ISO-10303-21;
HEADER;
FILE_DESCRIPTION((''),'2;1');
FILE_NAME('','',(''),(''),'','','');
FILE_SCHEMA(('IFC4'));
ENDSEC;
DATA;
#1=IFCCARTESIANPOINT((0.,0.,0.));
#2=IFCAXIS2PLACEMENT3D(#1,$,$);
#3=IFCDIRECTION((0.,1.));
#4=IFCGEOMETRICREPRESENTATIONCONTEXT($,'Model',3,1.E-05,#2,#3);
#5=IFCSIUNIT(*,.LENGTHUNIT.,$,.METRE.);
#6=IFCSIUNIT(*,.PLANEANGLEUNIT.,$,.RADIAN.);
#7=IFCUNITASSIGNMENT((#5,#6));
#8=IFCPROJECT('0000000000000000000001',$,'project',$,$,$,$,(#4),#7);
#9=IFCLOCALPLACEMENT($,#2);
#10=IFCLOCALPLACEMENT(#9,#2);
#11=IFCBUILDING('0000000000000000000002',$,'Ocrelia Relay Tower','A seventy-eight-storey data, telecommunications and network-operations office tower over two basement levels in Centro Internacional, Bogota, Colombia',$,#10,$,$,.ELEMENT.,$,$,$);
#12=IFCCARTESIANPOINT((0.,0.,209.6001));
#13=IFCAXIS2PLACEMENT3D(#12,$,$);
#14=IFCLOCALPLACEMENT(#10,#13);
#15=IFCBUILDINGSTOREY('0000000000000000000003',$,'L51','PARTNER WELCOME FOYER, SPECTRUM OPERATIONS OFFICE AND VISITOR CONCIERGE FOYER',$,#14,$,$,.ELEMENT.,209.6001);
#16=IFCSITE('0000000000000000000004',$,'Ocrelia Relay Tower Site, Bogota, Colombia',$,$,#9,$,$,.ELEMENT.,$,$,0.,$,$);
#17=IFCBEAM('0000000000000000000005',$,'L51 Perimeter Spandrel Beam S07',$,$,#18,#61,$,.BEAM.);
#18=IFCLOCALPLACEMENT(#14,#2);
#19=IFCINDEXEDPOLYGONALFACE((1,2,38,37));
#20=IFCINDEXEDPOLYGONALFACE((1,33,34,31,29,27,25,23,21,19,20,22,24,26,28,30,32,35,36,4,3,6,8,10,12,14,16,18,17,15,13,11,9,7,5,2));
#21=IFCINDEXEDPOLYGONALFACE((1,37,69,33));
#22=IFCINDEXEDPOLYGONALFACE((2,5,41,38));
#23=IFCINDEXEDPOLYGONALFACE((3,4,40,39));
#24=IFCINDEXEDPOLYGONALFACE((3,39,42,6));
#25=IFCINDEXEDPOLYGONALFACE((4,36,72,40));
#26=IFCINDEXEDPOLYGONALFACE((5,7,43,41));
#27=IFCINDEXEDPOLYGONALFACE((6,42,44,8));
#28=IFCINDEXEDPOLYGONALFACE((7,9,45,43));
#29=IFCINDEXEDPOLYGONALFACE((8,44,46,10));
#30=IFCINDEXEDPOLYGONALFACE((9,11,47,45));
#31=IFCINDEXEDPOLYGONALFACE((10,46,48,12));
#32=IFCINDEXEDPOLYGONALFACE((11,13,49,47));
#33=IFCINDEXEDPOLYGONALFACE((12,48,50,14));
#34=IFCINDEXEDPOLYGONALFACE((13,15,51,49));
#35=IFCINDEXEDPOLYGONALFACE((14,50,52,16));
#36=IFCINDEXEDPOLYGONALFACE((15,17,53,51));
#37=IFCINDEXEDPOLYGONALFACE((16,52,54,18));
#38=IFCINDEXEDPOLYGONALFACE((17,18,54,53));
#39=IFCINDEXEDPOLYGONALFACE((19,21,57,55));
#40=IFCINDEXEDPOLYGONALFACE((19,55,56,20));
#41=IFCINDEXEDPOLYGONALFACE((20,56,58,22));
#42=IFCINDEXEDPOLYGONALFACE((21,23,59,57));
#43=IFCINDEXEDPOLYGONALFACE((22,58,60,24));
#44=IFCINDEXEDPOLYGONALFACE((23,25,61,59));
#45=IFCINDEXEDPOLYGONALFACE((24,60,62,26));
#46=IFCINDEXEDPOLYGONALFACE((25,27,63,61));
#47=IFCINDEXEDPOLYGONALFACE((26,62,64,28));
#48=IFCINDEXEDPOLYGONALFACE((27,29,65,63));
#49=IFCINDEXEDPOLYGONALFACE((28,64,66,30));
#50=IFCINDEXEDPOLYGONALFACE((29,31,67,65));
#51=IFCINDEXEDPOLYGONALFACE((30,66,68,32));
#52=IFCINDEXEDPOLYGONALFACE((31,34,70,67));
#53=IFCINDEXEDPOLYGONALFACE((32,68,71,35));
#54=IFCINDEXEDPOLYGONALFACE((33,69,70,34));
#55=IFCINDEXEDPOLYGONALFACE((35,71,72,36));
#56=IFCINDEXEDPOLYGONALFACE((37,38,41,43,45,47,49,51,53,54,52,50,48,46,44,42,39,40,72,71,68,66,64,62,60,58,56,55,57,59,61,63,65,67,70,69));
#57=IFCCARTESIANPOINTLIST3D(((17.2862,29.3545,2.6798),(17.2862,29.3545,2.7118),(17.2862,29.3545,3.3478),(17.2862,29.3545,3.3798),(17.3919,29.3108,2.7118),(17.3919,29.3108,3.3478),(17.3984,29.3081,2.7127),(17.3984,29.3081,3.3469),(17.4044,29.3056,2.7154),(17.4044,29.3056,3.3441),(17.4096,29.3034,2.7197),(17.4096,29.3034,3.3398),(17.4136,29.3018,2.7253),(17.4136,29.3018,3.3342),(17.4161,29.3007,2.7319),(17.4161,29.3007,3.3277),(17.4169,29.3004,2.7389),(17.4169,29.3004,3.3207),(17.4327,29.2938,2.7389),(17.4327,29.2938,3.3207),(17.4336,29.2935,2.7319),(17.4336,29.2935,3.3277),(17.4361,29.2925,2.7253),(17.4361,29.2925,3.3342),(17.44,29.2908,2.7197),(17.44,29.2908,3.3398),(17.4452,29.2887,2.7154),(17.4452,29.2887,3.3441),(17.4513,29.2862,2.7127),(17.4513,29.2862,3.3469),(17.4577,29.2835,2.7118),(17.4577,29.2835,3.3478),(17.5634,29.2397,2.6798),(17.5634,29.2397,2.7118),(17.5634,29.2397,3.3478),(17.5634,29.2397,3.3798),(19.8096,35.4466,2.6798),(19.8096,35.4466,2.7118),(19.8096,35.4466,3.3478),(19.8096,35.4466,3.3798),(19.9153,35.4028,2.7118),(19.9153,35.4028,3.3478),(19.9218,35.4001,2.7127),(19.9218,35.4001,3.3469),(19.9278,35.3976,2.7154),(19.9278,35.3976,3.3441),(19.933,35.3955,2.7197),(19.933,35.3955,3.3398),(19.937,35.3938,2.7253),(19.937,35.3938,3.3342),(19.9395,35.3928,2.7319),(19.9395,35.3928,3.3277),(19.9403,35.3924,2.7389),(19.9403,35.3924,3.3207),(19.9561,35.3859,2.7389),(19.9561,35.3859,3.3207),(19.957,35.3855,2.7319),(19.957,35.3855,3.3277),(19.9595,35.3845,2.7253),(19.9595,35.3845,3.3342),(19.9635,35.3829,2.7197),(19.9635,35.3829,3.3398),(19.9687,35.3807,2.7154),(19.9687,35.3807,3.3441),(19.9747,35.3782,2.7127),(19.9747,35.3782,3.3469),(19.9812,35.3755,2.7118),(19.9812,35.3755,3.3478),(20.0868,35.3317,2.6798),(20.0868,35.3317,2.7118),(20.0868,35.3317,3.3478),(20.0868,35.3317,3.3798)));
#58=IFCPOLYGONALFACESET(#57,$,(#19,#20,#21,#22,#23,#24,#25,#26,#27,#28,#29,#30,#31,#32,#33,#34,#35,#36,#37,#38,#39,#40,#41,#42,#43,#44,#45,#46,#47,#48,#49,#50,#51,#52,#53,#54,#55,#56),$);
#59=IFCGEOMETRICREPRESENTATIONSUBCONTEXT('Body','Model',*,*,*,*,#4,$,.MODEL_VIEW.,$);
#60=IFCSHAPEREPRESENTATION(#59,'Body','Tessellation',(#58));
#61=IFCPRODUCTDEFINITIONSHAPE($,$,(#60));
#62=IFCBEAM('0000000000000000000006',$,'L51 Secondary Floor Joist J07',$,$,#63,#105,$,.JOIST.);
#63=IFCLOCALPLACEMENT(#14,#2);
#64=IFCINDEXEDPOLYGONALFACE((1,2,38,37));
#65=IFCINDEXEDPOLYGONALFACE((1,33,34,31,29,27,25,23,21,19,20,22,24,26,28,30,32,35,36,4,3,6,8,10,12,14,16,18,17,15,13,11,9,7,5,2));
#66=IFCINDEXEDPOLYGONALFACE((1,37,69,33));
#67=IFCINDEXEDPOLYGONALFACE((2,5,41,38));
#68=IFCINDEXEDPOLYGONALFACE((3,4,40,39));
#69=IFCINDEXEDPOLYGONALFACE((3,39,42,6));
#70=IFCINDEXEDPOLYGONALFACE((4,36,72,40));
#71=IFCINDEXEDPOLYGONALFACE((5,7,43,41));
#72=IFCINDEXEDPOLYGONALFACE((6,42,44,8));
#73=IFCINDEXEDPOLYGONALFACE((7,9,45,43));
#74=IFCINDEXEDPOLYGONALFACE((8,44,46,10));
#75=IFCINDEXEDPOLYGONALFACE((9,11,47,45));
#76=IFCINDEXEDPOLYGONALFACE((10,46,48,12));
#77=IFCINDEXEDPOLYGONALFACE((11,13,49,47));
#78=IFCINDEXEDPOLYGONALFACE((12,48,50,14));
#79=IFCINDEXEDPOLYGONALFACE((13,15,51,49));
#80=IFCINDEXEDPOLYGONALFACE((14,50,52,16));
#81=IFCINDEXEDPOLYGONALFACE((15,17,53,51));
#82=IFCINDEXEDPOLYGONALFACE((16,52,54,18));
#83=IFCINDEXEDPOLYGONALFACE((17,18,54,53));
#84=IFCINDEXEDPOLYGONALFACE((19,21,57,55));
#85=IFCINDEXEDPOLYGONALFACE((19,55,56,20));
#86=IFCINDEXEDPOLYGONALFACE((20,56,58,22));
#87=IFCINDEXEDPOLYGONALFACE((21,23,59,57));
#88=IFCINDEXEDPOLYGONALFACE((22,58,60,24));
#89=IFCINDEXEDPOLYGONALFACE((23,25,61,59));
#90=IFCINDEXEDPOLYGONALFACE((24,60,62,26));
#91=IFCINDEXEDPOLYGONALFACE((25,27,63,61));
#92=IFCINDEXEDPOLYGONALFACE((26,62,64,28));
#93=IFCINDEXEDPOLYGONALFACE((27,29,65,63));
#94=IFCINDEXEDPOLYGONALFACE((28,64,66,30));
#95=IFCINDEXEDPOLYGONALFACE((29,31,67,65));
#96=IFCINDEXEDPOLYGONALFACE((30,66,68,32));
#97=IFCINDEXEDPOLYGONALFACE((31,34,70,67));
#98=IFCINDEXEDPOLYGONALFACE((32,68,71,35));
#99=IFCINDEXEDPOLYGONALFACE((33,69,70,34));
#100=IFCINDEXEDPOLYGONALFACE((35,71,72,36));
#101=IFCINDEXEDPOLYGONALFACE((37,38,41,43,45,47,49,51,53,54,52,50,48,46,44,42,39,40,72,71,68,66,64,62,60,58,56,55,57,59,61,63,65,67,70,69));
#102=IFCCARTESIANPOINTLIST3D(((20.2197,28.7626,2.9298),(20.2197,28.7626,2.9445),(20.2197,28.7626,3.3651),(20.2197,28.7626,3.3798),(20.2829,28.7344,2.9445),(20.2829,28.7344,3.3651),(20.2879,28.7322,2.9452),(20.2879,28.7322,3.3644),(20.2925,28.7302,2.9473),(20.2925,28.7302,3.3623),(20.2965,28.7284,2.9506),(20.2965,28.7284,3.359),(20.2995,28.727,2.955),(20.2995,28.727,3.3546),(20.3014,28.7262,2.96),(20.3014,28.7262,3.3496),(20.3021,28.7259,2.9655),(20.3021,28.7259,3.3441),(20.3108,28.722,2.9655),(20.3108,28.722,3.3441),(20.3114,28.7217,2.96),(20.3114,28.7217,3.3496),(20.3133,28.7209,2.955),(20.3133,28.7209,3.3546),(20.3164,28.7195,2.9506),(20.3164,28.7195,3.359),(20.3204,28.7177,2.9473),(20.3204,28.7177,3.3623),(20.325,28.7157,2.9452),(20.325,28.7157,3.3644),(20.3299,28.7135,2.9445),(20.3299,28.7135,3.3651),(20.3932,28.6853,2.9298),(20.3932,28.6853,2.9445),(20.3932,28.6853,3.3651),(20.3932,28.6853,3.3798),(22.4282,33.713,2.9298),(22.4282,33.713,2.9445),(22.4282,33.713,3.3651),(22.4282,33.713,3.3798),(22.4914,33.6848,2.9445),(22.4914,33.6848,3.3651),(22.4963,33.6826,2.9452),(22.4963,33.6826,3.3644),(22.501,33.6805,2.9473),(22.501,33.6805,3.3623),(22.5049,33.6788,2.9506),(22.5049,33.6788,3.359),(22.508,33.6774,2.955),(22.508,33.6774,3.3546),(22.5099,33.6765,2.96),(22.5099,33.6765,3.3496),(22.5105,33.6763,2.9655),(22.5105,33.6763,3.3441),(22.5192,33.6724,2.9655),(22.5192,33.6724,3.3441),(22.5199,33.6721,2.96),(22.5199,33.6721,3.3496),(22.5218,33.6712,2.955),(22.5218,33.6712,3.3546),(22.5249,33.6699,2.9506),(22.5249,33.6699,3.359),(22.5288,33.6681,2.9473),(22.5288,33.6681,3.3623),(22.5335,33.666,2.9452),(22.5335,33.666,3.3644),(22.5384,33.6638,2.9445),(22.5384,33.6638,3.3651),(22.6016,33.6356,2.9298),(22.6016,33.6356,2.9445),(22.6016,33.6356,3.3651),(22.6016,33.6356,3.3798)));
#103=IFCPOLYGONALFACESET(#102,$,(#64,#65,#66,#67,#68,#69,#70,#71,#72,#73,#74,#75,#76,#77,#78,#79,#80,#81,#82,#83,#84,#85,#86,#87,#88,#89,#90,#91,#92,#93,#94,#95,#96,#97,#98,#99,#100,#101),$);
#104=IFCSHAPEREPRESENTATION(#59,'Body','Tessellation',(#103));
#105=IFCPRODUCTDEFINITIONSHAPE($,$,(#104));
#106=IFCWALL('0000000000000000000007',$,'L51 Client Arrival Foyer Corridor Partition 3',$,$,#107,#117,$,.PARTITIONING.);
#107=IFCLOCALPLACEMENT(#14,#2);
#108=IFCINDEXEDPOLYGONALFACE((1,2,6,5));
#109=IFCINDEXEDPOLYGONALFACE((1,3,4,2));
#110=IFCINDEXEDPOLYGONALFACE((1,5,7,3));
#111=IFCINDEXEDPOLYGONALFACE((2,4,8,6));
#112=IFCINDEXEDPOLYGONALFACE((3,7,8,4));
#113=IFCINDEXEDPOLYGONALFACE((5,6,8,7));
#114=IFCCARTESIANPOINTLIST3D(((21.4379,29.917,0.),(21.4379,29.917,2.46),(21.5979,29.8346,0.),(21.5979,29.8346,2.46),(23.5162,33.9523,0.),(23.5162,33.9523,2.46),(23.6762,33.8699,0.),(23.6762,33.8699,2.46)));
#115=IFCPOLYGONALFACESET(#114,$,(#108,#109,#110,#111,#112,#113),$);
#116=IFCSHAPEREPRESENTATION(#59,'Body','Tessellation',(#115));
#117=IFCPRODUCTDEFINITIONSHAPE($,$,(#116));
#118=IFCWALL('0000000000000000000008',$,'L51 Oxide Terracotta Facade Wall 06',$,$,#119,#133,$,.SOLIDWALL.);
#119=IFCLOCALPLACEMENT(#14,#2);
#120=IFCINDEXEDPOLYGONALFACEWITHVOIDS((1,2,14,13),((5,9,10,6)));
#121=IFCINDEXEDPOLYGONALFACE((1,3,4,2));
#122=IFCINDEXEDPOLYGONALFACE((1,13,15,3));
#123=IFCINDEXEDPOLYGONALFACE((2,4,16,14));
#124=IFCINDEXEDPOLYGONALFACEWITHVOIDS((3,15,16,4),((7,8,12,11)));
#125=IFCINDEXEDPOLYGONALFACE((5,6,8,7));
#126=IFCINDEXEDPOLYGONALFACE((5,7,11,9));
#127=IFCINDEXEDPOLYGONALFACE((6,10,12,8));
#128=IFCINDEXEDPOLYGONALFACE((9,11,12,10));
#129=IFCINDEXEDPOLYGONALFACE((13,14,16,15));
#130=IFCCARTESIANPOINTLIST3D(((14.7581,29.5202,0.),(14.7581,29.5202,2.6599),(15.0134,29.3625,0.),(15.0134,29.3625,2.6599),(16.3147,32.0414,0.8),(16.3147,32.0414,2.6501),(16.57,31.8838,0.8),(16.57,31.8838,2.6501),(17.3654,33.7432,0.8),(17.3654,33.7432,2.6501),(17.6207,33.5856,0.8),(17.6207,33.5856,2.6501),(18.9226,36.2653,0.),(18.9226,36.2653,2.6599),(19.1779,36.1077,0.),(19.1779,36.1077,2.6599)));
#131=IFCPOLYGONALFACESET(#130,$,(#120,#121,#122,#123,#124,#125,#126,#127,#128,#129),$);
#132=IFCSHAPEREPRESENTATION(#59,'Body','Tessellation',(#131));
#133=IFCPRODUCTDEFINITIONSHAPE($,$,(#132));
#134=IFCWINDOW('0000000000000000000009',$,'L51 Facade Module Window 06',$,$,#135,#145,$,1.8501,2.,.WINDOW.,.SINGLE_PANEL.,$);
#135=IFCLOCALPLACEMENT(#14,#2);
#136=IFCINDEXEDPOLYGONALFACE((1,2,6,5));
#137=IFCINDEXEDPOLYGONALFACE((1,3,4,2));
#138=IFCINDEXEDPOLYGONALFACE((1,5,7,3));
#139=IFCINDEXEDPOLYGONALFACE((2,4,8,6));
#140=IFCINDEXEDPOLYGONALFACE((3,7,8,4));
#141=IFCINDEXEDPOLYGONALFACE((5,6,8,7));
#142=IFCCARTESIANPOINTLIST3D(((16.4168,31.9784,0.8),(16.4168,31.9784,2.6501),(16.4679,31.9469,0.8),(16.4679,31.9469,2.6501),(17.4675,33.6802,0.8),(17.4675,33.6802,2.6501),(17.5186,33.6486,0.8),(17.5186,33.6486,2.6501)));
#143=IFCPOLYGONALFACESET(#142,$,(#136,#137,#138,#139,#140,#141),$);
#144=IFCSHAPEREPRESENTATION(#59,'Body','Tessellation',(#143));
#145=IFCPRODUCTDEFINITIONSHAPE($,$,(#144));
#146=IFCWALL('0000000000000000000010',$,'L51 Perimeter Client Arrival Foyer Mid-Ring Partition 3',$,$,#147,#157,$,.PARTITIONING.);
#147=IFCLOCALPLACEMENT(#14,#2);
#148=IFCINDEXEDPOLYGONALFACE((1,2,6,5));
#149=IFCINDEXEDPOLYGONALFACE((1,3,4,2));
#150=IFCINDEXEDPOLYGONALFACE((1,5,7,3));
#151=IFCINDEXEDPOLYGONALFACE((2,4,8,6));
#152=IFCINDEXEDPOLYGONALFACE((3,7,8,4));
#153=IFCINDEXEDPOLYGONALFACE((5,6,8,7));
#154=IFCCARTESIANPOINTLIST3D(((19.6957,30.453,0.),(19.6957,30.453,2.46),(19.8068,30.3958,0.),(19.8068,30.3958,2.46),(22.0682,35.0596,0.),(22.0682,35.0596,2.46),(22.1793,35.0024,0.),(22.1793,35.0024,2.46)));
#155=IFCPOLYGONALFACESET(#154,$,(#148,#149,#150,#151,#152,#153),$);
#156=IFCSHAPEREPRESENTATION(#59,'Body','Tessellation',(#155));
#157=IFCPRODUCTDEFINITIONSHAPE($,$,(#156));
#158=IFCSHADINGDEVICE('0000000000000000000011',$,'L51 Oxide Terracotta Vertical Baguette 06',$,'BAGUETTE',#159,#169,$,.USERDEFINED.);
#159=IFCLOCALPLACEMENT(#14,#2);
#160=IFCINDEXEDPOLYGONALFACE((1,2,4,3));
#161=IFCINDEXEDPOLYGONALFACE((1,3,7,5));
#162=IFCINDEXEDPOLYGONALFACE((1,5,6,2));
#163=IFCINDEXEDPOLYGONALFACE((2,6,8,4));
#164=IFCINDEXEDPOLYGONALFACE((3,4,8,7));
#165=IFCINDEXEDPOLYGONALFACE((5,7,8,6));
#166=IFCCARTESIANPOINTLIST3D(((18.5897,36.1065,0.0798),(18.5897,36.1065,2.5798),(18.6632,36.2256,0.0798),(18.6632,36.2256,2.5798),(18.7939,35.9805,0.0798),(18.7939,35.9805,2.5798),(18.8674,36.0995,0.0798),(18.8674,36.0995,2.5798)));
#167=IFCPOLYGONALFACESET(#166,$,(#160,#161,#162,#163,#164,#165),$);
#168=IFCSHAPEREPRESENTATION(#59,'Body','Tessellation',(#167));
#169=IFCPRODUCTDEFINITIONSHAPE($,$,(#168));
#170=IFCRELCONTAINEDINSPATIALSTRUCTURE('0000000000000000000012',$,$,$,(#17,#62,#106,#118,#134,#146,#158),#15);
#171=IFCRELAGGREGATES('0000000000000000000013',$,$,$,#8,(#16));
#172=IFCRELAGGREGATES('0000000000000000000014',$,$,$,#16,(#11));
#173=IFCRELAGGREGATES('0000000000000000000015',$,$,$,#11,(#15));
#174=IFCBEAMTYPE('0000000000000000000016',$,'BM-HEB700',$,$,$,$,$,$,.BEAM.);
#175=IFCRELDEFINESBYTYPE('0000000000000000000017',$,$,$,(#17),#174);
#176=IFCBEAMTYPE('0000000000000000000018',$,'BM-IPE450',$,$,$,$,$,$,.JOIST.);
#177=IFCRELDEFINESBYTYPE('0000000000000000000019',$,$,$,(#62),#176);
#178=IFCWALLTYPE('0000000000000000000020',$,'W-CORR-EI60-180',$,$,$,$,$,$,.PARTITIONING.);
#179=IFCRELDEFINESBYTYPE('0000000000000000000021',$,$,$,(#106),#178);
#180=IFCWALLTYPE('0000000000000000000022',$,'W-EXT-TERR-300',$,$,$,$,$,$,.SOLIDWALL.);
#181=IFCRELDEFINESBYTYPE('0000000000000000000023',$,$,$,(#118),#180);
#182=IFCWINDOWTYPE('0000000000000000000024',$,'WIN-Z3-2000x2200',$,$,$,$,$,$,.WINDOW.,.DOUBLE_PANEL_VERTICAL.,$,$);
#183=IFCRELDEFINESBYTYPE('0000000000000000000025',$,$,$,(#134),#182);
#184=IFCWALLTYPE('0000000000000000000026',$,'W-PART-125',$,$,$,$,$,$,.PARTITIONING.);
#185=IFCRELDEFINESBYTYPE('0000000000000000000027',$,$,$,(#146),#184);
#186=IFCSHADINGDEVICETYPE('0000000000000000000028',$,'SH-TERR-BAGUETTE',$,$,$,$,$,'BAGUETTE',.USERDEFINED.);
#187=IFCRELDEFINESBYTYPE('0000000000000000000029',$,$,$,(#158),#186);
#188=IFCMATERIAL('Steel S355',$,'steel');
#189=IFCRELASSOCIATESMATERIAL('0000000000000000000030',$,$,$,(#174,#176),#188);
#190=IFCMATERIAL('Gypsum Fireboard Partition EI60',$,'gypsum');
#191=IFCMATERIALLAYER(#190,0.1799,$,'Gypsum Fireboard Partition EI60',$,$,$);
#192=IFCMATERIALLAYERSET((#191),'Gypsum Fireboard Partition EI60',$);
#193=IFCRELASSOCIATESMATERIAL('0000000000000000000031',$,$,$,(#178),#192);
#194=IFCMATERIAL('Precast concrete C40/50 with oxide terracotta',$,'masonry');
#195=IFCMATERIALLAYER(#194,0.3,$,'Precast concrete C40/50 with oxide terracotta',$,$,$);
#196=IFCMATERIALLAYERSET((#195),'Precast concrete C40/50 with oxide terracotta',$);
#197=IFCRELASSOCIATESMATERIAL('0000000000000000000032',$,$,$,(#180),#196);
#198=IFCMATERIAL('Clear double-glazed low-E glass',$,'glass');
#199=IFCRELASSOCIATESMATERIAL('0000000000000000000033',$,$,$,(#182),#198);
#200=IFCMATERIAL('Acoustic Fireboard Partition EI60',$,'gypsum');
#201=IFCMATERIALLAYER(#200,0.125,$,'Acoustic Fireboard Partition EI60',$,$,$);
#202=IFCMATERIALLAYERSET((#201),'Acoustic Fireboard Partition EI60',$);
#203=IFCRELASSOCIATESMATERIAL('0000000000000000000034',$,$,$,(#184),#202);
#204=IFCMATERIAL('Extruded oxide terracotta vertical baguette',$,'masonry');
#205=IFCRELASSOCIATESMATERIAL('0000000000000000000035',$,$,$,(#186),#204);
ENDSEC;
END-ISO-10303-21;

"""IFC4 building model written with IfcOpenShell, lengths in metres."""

from ifc_helpers import new_model, si_unit, direction, frame, frame_2d, origin, origin_2d, place, context, subcontext, project, spatial, rectangle, i_section, extrude, material, layer, layer_set, material_profile, profile_set, type_object, element, fill, save


model = new_model("IFC4")

# Units and contexts
model_context = context("Model", 3, precision=1e-05, world=origin(), true_north=direction((0.0, 1.0)))
body_context = subcontext(model_context, "Body", "Model", "MODEL_VIEW")
ifc_project = project(units=[si_unit("LENGTHUNIT", "METRE"), si_unit("PLANEANGLEUNIT", "RADIAN")], contexts=[model_context])

# Site, building, storey
site_placement = place(None, origin())
site = spatial("IfcSite", under=ifc_project, at=site_placement, Name="Ocrelia Relay Tower Site, Bogota, Colombia", CompositionType="ELEMENT", RefElevation=0.0)
building_placement = place(site_placement, origin())
building = spatial("IfcBuilding", under=site, at=building_placement, Name="Ocrelia Relay Tower", Description="A seventy-eight-storey data, telecommunications and network-operations office tower over two basement levels in Centro Internacional, Bogota, Colombia", CompositionType="ELEMENT")
storey_placement = place(building_placement, frame((0.0, 0.0, 209.6001)))
storey = spatial("IfcBuildingStorey", under=building, at=storey_placement, Name="L51", Description="PARTNER WELCOME FOYER, SPECTRUM OPERATIONS OFFICE AND VISITOR CONCIERGE FOYER", CompositionType="ELEMENT", Elevation=209.6001)

# Beams
ifc_material_1 = material(Name="Steel S355", Category="steel")
ifc_material_profile_1 = material_profile(ifc_material_1, i_section(OverallWidth=0.3, OverallDepth=0.7, WebThickness=0.0171, FlangeThickness=0.032, FilletRadius=0.0271, at=origin_2d()), Name="HEB 700")
ifc_profile_set_1 = profile_set([ifc_material_profile_1], Name="Steel S355")
beam_type_1 = type_object("IfcBeamType", Name="BM-HEB700", PredefinedType="BEAM", material=ifc_profile_set_1)
for number, where, z_axis, x_axis, name in (
    (1, (19.9482, 35.3892, 3.0298), (-0.382688, -0.923878, 0.0), (0.923878, -0.382688, 0.0), "L51 Perimeter Spandrel Beam S07"),
):
    element("IfcBeam", number, at=place(storey_placement, frame(where, z_axis=z_axis, x_axis=x_axis)), inside=storey, type_object=beam_type_1, Name=name, PredefinedType="BEAM", context=body_context, shape_type="SweptSolid", body=[
        extrude(i_section(OverallWidth=0.3, OverallDepth=0.7, WebThickness=0.0171, FlangeThickness=0.032, FilletRadius=0.0271, at=origin_2d()), origin(), (0.0, 0.0, 1.0), 6.594),
    ])
ifc_material_profile_2 = material_profile(ifc_material_1, i_section(OverallWidth=0.1899, OverallDepth=0.45, WebThickness=0.0095, FlangeThickness=0.0146, FilletRadius=0.021, at=origin_2d()), Name="IPE 450")
ifc_profile_set_2 = profile_set([ifc_material_profile_2], Name="Steel S355")
beam_type_2 = type_object("IfcBeamType", Name="BM-IPE450", PredefinedType="JOIST", material=ifc_profile_set_2)
beam_1_placement = place(storey_placement, frame((22.5149, 33.6743, 3.1548), z_axis=(-0.407417, -0.913242, 0.0), x_axis=(0.913242, -0.407417, 0.0)))
element("IfcBeam", 2, at=beam_1_placement, inside=storey, type_object=beam_type_2, Name="L51 Secondary Floor Joist J07", PredefinedType="JOIST", context=body_context, shape_type="SweptSolid", body=[
    extrude(i_section(OverallWidth=0.1899, OverallDepth=0.45, WebThickness=0.0095, FlangeThickness=0.0146, FilletRadius=0.021, at=origin_2d()), origin(), (0.0, 0.0, 1.0), 5.4207),
])

# Wall
ifc_material_2 = material(Name="Gypsum Fireboard Partition EI60", Category="gypsum")
ifc_layer_1 = layer(ifc_material_2, 0.1799, Name="Gypsum Fireboard Partition EI60")
ifc_layer_set_1 = layer_set([ifc_layer_1], Name="Gypsum Fireboard Partition EI60")
wall_type_1 = type_object("IfcWallType", Name="W-CORR-EI60-180", PredefinedType="PARTITIONING", material=ifc_layer_set_1)
wall_1_placement = place(storey_placement, frame((23.5962, 33.9111, 0.0), z_axis=(0.0, 0.0, 1.0), x_axis=(-0.457874, -0.889017, 0.0)))
element("IfcWall", 3, at=wall_1_placement, inside=storey, type_object=wall_type_1, Name="L51 Client Arrival Foyer Corridor Partition 3", PredefinedType="PARTITIONING", context=body_context, shape_type="SweptSolid", body=[
    extrude(rectangle(XDim=4.5391, YDim=0.1799, at=frame_2d((2.2695, 0.0))), origin(), (0.0, 0.0, 1.0), 2.46),
])

# Wall, opening, window
ifc_material_3 = material(Name="Precast concrete C40/50 with oxide terracotta", Category="masonry")
ifc_layer_2 = layer(ifc_material_3, 0.3, Name="Precast concrete C40/50 with oxide terracotta")
ifc_layer_set_2 = layer_set([ifc_layer_2], Name="Precast concrete C40/50 with oxide terracotta")
wall_type_2 = type_object("IfcWallType", Name="W-EXT-TERR-300", PredefinedType="SOLIDWALL", material=ifc_layer_set_2)
wall_2_placement = place(storey_placement, frame((19.0503, 36.1865, 0.0), z_axis=(0.0, 0.0, 1.0), x_axis=(-0.525351, -0.850885, 0.0)))
wall_2 = element("IfcWall", 4, at=wall_2_placement, inside=storey, type_object=wall_type_2, Name="L51 Oxide Terracotta Facade Wall 06", PredefinedType="SOLIDWALL", context=body_context, shape_type="SweptSolid", body=[
    extrude(rectangle(XDim=7.9272, YDim=0.3, at=frame_2d((3.9636, 0.0))), origin(), (0.0, 0.0, 1.0), 2.6599),
])
opening_placement = place(wall_2_placement, frame((2.9641, 0.0, 0.8)))
opening = element("IfcOpeningElement", 5, at=opening_placement, cuts=wall_2, PredefinedType="OPENING", context=body_context, shape_type="SweptSolid", body=[
    extrude(rectangle(XDim=2.0, YDim=1.8501, at=frame_2d((1.0, 0.925))), frame((0.0, 0.1602, 0.0), z_axis=(0.0, -1.0, 0.0), x_axis=(1.0, 0.0, 0.0)), (0.0, 0.0, 1.0), 0.3201),
])
ifc_material_4 = material(Name="Clear double-glazed low-E glass", Category="glass")
window_type = type_object("IfcWindowType", Name="WIN-Z3-2000x2200", PartitioningType="DOUBLE_PANEL_VERTICAL", PredefinedType="WINDOW", material=ifc_material_4)
window_placement = place(opening_placement, origin())
window = element("IfcWindow", 6, at=window_placement, inside=storey, type_object=window_type, Name="L51 Facade Module Window 06", OverallHeight=1.8501, OverallWidth=2.0, PartitioningType="SINGLE_PANEL", PredefinedType="WINDOW", context=body_context, shape_type="SweptSolid", body=[
    extrude(rectangle(XDim=2.0, YDim=1.8501, at=frame_2d((1.0, 0.925))), frame((0.0, 0.03, 0.0), z_axis=(0.0, -1.0, 0.0), x_axis=(1.0, 0.0, 0.0)), (0.0, 0.0, 1.0), 0.0601),
])
fill(opening, window)

# Wall
ifc_material_5 = material(Name="Acoustic Fireboard Partition EI60", Category="gypsum")
ifc_layer_3 = layer(ifc_material_5, 0.125, Name="Acoustic Fireboard Partition EI60")
ifc_layer_set_3 = layer_set([ifc_layer_3], Name="Acoustic Fireboard Partition EI60")
wall_type_3 = type_object("IfcWallType", Name="W-PART-125", PredefinedType="PARTITIONING", material=ifc_layer_set_3)
wall_3_placement = place(storey_placement, frame((22.1238, 35.031, 0.0), z_axis=(0.0, 0.0, 1.0), x_axis=(-0.457867, -0.88902, 0.0)))
element("IfcWall", 7, at=wall_3_placement, inside=storey, type_object=wall_type_3, Name="L51 Perimeter Client Arrival Foyer Mid-Ring Partition 3", PredefinedType="PARTITIONING", context=body_context, shape_type="SweptSolid", body=[
    extrude(rectangle(XDim=5.1816, YDim=0.125, at=frame_2d((2.5908, 0.0))), origin(), (0.0, 0.0, 1.0), 2.46),
])

# Shading device
ifc_material_6 = material(Name="Extruded oxide terracotta vertical baguette", Category="masonry")
shading_device_type_1 = type_object("IfcShadingDeviceType", Name="SH-TERR-BAGUETTE", ElementType="BAGUETTE", PredefinedType="USERDEFINED", material=ifc_material_6)
shading_device_1_placement = place(storey_placement, frame((18.7285, 36.103, 0.0798), z_axis=(0.0, 0.0, 1.0), x_axis=(-0.525338, -0.850893, 0.0)))
element("IfcShadingDevice", 8, at=shading_device_1_placement, inside=storey, type_object=shading_device_type_1, Name="L51 Oxide Terracotta Vertical Baguette 06", ObjectType="BAGUETTE", PredefinedType="USERDEFINED", context=body_context, shape_type="SweptSolid", body=[
    extrude(rectangle(XDim=0.1399, YDim=0.24, at=origin_2d()), origin(), (0.0, 0.0, 1.0), 2.5),
])

save(model, "model.ifc")
